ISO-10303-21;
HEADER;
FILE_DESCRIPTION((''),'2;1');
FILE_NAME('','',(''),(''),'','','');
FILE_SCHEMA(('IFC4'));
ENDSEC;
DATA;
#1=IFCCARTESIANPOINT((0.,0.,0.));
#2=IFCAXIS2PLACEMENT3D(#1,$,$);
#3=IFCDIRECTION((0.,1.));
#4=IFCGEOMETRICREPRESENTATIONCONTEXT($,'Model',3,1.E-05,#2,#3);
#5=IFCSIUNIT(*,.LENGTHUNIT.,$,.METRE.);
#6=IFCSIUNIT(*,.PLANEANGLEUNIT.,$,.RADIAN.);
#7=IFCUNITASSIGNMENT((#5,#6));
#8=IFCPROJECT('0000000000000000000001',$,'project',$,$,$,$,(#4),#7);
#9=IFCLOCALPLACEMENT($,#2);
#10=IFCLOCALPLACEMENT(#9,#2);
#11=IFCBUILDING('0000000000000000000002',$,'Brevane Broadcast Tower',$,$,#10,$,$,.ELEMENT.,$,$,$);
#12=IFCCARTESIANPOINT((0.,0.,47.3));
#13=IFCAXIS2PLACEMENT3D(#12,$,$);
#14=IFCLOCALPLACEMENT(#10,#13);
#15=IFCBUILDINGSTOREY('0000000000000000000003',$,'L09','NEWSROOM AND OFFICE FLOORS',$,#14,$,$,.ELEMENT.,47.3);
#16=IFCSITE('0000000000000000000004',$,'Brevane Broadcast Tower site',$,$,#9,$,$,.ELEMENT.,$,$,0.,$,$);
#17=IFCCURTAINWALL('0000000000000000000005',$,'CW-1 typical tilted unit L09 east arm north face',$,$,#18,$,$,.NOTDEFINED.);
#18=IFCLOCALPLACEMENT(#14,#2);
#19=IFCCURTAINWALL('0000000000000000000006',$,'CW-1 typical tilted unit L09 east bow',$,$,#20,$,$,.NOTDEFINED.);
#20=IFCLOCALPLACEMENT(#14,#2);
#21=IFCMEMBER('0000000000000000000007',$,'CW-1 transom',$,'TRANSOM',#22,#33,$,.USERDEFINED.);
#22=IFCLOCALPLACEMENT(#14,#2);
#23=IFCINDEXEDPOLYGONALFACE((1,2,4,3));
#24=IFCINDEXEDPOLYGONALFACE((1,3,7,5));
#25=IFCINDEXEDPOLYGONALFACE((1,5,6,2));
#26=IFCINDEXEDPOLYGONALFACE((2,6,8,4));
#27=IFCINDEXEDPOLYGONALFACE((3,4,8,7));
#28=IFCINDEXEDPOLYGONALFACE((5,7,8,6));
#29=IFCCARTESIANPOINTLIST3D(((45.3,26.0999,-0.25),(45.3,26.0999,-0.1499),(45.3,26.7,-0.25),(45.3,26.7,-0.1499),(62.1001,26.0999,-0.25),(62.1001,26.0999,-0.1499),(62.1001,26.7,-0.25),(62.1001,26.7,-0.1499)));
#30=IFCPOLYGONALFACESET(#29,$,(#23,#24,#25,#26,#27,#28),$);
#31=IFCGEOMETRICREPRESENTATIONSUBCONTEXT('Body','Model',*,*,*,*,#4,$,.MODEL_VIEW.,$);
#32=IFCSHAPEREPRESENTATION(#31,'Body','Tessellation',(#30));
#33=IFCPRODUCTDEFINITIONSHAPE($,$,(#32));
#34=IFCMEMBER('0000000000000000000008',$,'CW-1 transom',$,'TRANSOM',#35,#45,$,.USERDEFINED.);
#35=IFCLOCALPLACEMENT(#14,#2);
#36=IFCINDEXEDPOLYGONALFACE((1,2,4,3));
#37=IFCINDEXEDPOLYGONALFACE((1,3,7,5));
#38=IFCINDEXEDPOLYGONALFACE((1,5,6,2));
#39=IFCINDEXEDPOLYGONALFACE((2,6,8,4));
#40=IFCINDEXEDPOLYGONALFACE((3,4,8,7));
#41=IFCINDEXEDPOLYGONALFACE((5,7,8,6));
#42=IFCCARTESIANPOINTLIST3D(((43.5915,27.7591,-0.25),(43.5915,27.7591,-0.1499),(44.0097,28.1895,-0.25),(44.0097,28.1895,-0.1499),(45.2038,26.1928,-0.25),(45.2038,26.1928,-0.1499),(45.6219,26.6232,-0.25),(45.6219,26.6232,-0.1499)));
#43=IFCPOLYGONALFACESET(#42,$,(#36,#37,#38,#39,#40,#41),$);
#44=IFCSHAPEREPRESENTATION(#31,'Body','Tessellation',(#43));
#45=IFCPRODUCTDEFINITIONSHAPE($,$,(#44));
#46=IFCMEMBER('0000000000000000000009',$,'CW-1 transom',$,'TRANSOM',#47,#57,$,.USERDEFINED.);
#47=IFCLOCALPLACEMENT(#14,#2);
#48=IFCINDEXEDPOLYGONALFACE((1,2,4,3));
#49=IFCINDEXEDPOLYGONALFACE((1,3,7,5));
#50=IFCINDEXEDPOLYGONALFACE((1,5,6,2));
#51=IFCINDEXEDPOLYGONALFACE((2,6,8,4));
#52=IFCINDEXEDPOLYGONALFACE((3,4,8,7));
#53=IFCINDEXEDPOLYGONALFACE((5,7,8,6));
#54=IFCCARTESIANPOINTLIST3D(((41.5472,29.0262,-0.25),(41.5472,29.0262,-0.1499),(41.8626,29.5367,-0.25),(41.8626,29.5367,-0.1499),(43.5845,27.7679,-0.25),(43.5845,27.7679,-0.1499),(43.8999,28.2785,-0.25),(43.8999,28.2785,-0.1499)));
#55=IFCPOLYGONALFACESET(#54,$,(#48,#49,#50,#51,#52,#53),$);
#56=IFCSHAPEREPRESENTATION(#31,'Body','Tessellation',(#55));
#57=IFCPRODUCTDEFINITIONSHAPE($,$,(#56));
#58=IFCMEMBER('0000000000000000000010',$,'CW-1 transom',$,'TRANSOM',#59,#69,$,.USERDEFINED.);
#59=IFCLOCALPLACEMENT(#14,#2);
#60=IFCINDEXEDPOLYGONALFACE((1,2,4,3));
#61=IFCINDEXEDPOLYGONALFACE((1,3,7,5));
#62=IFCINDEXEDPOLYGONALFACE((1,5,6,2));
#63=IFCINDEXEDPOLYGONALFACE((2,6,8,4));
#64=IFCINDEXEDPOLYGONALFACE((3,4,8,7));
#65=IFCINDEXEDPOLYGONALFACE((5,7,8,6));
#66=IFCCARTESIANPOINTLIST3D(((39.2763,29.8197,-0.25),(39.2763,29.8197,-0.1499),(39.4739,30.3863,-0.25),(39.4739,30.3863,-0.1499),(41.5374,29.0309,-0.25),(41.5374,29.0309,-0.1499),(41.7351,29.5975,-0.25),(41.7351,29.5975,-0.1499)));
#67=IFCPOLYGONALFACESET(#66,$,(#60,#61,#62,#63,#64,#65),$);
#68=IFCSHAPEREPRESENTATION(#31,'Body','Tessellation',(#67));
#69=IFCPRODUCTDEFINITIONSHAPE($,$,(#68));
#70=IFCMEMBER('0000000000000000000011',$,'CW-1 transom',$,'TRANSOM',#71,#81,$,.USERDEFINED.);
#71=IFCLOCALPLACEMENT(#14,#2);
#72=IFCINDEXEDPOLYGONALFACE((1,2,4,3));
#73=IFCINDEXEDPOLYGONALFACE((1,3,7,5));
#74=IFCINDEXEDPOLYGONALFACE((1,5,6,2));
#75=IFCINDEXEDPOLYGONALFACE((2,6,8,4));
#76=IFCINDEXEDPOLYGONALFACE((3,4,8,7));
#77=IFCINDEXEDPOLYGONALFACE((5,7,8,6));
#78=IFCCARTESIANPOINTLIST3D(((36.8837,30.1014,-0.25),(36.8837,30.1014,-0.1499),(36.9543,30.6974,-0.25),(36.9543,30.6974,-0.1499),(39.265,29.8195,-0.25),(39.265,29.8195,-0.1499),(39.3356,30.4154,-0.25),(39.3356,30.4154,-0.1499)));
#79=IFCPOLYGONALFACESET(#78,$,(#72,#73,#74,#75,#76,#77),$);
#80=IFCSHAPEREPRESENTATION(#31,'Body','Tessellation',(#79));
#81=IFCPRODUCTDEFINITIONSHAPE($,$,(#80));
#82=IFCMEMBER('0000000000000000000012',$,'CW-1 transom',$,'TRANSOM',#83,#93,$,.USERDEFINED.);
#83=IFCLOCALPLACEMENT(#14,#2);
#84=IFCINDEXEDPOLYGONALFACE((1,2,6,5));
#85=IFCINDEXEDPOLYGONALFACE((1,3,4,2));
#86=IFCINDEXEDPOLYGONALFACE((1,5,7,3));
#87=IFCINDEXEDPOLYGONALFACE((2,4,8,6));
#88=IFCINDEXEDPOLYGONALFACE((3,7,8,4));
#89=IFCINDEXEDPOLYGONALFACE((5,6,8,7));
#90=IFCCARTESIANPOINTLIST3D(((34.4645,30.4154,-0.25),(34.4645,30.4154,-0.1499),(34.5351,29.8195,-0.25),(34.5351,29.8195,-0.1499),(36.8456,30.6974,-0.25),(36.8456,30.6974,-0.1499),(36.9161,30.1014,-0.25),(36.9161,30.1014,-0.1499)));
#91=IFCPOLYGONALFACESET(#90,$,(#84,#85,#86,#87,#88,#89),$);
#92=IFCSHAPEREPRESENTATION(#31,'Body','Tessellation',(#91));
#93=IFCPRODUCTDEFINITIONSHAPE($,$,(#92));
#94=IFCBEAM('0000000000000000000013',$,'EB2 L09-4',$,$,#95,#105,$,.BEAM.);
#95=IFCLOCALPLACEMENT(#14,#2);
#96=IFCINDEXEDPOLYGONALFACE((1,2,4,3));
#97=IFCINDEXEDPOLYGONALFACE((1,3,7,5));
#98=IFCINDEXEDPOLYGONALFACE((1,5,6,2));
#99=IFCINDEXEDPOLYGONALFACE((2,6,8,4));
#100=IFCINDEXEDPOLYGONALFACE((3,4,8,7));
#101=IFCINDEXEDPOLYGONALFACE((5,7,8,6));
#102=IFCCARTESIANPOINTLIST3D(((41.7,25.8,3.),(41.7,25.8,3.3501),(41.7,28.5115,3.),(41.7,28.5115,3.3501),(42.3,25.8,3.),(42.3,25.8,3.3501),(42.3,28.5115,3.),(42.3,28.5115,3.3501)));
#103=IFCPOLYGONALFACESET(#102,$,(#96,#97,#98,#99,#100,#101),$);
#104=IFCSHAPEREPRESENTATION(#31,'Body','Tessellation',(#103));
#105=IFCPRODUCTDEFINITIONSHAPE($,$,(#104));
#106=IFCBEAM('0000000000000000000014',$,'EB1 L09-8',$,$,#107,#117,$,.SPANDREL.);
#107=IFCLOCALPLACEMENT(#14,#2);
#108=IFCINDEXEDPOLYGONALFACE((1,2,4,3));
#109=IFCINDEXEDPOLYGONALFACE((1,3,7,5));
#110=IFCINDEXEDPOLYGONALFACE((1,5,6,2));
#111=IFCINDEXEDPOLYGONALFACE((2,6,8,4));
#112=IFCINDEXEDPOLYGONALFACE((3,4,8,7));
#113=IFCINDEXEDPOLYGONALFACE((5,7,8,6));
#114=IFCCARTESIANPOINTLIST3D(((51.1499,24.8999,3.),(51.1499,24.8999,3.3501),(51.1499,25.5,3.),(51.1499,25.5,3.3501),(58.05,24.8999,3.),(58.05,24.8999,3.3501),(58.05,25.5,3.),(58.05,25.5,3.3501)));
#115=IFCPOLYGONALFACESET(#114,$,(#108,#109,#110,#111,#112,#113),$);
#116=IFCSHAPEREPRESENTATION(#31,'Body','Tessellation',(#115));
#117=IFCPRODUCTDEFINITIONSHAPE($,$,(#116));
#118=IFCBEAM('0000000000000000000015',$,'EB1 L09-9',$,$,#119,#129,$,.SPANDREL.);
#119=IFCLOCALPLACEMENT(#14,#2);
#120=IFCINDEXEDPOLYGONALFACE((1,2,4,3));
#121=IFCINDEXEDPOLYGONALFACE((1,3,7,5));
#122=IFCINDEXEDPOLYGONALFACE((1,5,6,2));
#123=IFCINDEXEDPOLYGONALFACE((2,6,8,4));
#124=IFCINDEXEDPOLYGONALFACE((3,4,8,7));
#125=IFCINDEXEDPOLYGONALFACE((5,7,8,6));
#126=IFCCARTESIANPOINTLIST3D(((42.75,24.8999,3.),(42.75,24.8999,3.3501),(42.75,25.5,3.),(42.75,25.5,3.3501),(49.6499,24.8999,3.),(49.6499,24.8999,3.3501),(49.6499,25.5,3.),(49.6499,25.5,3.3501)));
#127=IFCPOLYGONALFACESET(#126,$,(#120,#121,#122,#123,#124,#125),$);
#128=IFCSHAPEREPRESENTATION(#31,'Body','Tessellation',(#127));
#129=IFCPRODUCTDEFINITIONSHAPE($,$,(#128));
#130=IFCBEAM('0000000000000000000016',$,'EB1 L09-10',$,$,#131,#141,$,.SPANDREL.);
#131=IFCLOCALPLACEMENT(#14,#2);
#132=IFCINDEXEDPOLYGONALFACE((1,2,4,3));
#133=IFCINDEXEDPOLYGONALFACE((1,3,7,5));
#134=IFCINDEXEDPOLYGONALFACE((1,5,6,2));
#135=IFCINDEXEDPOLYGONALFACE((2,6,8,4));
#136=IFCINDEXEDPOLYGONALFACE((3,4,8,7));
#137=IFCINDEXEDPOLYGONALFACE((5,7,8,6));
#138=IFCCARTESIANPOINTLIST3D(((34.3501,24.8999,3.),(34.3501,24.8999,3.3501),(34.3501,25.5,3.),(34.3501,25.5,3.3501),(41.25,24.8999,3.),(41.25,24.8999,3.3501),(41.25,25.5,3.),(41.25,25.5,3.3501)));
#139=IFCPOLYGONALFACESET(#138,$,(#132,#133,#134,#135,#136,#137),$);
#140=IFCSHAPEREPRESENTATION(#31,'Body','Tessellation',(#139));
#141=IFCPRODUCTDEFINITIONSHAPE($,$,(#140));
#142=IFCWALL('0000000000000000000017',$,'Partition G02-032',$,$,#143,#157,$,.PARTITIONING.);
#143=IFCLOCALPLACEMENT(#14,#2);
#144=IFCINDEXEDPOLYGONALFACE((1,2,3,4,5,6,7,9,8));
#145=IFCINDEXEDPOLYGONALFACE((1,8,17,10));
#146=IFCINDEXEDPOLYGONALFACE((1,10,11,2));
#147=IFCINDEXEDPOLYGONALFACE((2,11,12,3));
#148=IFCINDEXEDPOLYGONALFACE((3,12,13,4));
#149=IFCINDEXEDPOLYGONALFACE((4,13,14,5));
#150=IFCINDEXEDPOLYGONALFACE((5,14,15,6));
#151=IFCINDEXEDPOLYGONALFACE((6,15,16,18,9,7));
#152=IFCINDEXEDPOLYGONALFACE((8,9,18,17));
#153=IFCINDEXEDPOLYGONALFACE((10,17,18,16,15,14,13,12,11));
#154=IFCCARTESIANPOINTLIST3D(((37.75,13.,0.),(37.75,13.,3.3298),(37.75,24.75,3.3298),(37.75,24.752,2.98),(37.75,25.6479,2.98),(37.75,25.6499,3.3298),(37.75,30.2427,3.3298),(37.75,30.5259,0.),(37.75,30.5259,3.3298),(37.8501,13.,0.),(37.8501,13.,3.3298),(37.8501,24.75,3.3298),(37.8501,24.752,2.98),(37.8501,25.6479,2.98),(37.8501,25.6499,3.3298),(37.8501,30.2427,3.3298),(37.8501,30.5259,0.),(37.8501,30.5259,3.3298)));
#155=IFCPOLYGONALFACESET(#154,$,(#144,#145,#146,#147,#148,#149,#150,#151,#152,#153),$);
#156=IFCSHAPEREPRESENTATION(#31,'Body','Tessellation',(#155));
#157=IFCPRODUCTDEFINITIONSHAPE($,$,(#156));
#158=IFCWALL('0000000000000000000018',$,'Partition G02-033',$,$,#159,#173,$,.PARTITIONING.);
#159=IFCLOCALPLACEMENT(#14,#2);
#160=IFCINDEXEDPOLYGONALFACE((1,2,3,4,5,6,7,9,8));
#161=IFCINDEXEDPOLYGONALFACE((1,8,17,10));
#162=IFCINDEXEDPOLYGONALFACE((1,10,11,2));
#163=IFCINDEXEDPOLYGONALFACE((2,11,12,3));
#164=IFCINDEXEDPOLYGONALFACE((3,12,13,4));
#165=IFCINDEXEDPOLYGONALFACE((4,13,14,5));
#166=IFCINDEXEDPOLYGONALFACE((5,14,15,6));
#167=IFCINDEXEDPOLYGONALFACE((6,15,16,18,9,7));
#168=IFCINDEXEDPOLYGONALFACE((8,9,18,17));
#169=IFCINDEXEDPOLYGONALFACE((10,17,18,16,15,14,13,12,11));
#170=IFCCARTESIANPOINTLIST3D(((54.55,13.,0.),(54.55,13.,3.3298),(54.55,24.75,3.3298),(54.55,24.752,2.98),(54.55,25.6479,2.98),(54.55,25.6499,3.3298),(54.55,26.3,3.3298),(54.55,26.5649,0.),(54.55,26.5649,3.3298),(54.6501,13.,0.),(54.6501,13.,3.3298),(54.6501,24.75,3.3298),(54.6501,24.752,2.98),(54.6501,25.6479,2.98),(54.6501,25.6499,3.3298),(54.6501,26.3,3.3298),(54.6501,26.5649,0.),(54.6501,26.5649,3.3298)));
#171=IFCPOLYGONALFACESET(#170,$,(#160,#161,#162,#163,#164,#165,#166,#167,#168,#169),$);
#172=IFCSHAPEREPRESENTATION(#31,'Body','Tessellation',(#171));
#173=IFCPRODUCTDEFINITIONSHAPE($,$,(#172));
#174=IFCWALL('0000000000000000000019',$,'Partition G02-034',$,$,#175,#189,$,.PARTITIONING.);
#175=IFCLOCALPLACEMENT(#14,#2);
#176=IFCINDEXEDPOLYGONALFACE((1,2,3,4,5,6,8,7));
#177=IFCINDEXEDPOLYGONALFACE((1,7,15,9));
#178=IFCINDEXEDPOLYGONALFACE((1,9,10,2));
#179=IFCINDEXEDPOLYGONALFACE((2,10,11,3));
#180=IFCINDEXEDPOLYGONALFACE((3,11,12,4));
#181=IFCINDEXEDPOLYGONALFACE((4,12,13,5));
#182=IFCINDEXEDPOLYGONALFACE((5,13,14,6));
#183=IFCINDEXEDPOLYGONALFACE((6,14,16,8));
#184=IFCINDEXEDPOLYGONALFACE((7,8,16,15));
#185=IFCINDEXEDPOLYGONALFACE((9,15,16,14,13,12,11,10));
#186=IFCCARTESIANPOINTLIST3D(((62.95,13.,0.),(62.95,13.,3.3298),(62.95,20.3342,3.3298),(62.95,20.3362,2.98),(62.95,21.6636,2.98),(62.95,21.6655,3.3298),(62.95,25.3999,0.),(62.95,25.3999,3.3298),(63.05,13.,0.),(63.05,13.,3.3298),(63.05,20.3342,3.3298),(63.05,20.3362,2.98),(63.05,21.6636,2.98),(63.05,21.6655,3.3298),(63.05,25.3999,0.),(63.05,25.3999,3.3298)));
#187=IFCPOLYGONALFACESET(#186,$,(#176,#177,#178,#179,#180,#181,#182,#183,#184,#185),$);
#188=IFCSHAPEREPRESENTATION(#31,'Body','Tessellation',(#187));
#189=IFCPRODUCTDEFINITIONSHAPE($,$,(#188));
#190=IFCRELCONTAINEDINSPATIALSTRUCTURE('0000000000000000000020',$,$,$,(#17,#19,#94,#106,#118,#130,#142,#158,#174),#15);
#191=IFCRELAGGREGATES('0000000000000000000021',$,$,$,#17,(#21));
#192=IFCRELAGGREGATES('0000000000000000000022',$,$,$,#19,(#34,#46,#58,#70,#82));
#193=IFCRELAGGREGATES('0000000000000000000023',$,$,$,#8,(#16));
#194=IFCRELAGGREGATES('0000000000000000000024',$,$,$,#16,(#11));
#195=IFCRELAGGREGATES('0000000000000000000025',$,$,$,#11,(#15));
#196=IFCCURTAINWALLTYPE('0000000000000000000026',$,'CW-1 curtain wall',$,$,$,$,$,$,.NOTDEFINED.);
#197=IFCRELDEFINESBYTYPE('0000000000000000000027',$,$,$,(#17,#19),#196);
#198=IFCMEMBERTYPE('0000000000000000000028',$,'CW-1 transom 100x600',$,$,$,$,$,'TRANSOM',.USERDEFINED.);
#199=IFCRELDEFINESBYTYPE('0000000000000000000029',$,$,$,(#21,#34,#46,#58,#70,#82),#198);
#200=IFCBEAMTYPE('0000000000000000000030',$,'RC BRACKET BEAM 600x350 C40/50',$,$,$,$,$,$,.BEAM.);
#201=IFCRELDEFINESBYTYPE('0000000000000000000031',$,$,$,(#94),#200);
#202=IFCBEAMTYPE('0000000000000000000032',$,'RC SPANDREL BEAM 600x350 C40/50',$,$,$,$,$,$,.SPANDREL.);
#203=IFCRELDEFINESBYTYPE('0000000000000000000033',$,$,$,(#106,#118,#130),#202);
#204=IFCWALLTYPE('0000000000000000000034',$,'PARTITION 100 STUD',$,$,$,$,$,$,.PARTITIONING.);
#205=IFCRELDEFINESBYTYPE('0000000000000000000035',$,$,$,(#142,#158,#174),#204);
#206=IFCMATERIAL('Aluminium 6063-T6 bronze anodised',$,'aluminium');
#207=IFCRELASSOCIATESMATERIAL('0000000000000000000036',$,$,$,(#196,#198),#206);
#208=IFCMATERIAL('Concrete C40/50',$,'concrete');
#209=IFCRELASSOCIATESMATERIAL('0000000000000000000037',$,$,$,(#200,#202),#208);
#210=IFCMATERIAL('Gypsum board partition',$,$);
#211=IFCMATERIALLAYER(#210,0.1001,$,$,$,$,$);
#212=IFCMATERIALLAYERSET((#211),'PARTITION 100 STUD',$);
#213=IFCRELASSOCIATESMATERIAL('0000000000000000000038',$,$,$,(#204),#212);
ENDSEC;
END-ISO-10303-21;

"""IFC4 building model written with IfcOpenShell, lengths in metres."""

from ifc_helpers import new_model, si_unit, direction, frame, origin, origin_2d, place, context, subcontext, project, spatial, polyline, rectangle, outline, extrude, material, layer, layer_set, material_profile, profile_set, type_object, element, aggregate, save


model = new_model("IFC4")

# Units and contexts
model_context = context("Model", 3, precision=1e-05, world=origin(), true_north=direction((0.0, 1.0)))
body_context = subcontext(model_context, "Body", "Model", "MODEL_VIEW")
ifc_project = project(units=[si_unit("LENGTHUNIT", "METRE"), si_unit("PLANEANGLEUNIT", "RADIAN")], contexts=[model_context])

# Site, building, storey
site_placement = place(None, origin())
site = spatial("IfcSite", under=ifc_project, at=site_placement, Name="Brevane Broadcast Tower site", CompositionType="ELEMENT", RefElevation=0.0)
building_placement = place(site_placement, origin())
building = spatial("IfcBuilding", under=site, at=building_placement, Name="Brevane Broadcast Tower", CompositionType="ELEMENT")
storey_placement = place(building_placement, frame((0.0, 0.0, 47.3)))
storey = spatial("IfcBuildingStorey", under=building, at=storey_placement, Name="L09", Description="NEWSROOM AND OFFICE FLOORS", CompositionType="ELEMENT", Elevation=47.3)

# Curtain walls
ifc_material_1 = material(Name="Aluminium 6063-T6 bronze anodised", Category="aluminium")
curtain_wall_type = type_object("IfcCurtainWallType", Name="CW-1 curtain wall", PredefinedType="NOTDEFINED", material=ifc_material_1)
curtain_wall_1_placement = place(storey_placement, origin())
curtain_wall_1 = element("IfcCurtainWall", 1, at=curtain_wall_1_placement, inside=storey, type_object=curtain_wall_type, Name="CW-1 typical tilted unit L09 east arm north face", PredefinedType="NOTDEFINED")
curtain_wall_2_placement = place(storey_placement, origin())
curtain_wall_2 = element("IfcCurtainWall", 2, at=curtain_wall_2_placement, inside=storey, type_object=curtain_wall_type, Name="CW-1 typical tilted unit L09 east bow", PredefinedType="NOTDEFINED")

# Members
ifc_material_profile_1 = material_profile(ifc_material_1, rectangle(XDim=0.6001, YDim=0.1001, at=origin_2d()), Name="RECT 100x600")
ifc_profile_set_1 = profile_set([ifc_material_profile_1], Name="Aluminium 6063-T6 bronze anodised")
member_type_1 = type_object("IfcMemberType", Name="CW-1 transom 100x600", ElementType="TRANSOM", PredefinedType="USERDEFINED", material=ifc_profile_set_1)
member_1_placement = place(storey_placement, frame((62.1001, 26.3999, -0.2), z_axis=(-1.0, 0.0, 0.0), x_axis=(0.0, -1.0, 0.0)))
member_1 = element("IfcMember", 3, at=member_1_placement, type_object=member_type_1, Name="CW-1 transom", ObjectType="TRANSOM", PredefinedType="USERDEFINED", context=body_context, shape_type="SweptSolid", body=[
    extrude(rectangle(XDim=0.6001, YDim=0.1001, at=origin_2d()), origin(), (0.0, 0.0, 1.0), 16.8),
])
aggregate(curtain_wall_1, [member_1])
member_2_placement = place(storey_placement, frame((45.4128, 26.408, -0.2), z_axis=(-0.717242, 0.696824, 0.0), x_axis=(-0.696824, -0.717242, 0.0)))
member_2 = element("IfcMember", 4, at=member_2_placement, type_object=member_type_1, Name="CW-1 transom", ObjectType="TRANSOM", PredefinedType="USERDEFINED", context=body_context, shape_type="SweptSolid", body=[
    extrude(rectangle(XDim=0.6001, YDim=0.1001, at=origin_2d()), origin(), (0.0, 0.0, 1.0), 2.2478),
])
member_3_placement = place(storey_placement, frame((43.7422, 28.0232, -0.2), z_axis=(-0.85081, 0.525473, 0.0), x_axis=(-0.525473, -0.85081, 0.0)))
member_3 = element("IfcMember", 5, at=member_3_placement, type_object=member_type_1, Name="CW-1 transom", ObjectType="TRANSOM", PredefinedType="USERDEFINED", context=body_context, shape_type="SweptSolid", body=[
    extrude(rectangle(XDim=0.6001, YDim=0.1001, at=origin_2d()), origin(), (0.0, 0.0, 1.0), 2.3945),
])
member_4_placement = place(storey_placement, frame((41.6362, 29.3142, -0.2), z_axis=(-0.944198, 0.329378, 0.0), x_axis=(-0.329378, -0.944198, 0.0)))
member_4 = element("IfcMember", 6, at=member_4_placement, type_object=member_type_1, Name="CW-1 transom", ObjectType="TRANSOM", PredefinedType="USERDEFINED", context=body_context, shape_type="SweptSolid", body=[
    extrude(rectangle(XDim=0.6001, YDim=0.1001, at=origin_2d()), origin(), (0.0, 0.0, 1.0), 2.3948),
])
member_5_placement = place(storey_placement, frame((39.3003, 30.1174, -0.2), z_axis=(-0.993062, 0.117591, 0.0), x_axis=(-0.117591, -0.993062, 0.0)))
member_5 = element("IfcMember", 7, at=member_5_placement, type_object=member_type_1, Name="CW-1 transom", ObjectType="TRANSOM", PredefinedType="USERDEFINED", context=body_context, shape_type="SweptSolid", body=[
    extrude(rectangle(XDim=0.6001, YDim=0.1001, at=origin_2d()), origin(), (0.0, 0.0, 1.0), 2.3979),
])
member_6_placement = place(storey_placement, frame((36.8809, 30.3994, -0.2), z_axis=(-0.993061, -0.117603, 0.0), x_axis=(0.117603, -0.993061, 0.0)))
member_6 = element("IfcMember", 8, at=member_6_placement, type_object=member_type_1, Name="CW-1 transom", ObjectType="TRANSOM", PredefinedType="USERDEFINED", context=body_context, shape_type="SweptSolid", body=[
    extrude(rectangle(XDim=0.6001, YDim=0.1001, at=origin_2d()), origin(), (0.0, 0.0, 1.0), 2.3977),
])
aggregate(curtain_wall_2, [member_2, member_3, member_4, member_5, member_6])

# Beams
ifc_material_2 = material(Name="Concrete C40/50", Category="concrete")
ifc_material_profile_2 = material_profile(ifc_material_2, rectangle(XDim=0.6001, YDim=0.3501, at=origin_2d()), Name="RC 600x350")
ifc_profile_set_2 = profile_set([ifc_material_profile_2], Name="Concrete C40/50")
beam_type_1 = type_object("IfcBeamType", Name="RC BRACKET BEAM 600x350 C40/50", PredefinedType="BEAM", material=ifc_profile_set_2)
beam_1_placement = place(storey_placement, frame((42.0, 25.8, 3.175), z_axis=(0.0, 1.0, 0.0), x_axis=(-1.0, 0.0, 0.0)))
element("IfcBeam", 9, at=beam_1_placement, inside=storey, type_object=beam_type_1, Name="EB2 L09-4", PredefinedType="BEAM", context=body_context, shape_type="SweptSolid", body=[
    extrude(rectangle(XDim=0.6001, YDim=0.3501, at=origin_2d()), origin(), (0.0, 0.0, 1.0), 2.7114),
])
ifc_material_profile_3 = material_profile(ifc_material_2, rectangle(XDim=0.6001, YDim=0.3501, at=origin_2d()), Name="RC 600x350")
ifc_profile_set_3 = profile_set([ifc_material_profile_3], Name="Concrete C40/50")
beam_type_2 = type_object("IfcBeamType", Name="RC SPANDREL BEAM 600x350 C40/50", PredefinedType="SPANDREL", material=ifc_profile_set_3)
beam_2_placement = place(storey_placement, frame((58.05, 25.2, 3.175), z_axis=(-1.0, 0.0, 0.0), x_axis=(0.0, -1.0, 0.0)))
element("IfcBeam", 10, at=beam_2_placement, inside=storey, type_object=beam_type_2, Name="EB1 L09-8", PredefinedType="SPANDREL", context=body_context, shape_type="SweptSolid", body=[
    extrude(rectangle(XDim=0.6001, YDim=0.3501, at=origin_2d()), origin(), (0.0, 0.0, 1.0), 6.9001),
])
for number, where, z_axis, x_axis, name in (
    (11, (49.6499, 25.2, 3.175), (-1.0, 0.0, 0.0), (0.0, -1.0, 0.0), "EB1 L09-9"),
    (12, (41.25, 25.2, 3.175), (-1.0, 0.0, 0.0), (0.0, -1.0, 0.0), "EB1 L09-10"),
):
    element("IfcBeam", number, at=place(storey_placement, frame(where, z_axis=z_axis, x_axis=x_axis)), inside=storey, type_object=beam_type_2, Name=name, PredefinedType="SPANDREL", context=body_context, shape_type="SweptSolid", body=[
        extrude(rectangle(XDim=0.6001, YDim=0.3501, at=origin_2d()), origin(), (0.0, 0.0, 1.0), 6.8999),
    ])

# Walls
ifc_material_3 = material(Name="Gypsum board partition")
ifc_layer = layer(ifc_material_3, 0.1001)
ifc_layer_set = layer_set([ifc_layer], Name="PARTITION 100 STUD")
wall_type = type_object("IfcWallType", Name="PARTITION 100 STUD", PredefinedType="PARTITIONING", material=ifc_layer_set)
wall_1_placement = place(storey_placement, frame((37.8, 30.5259, 0.0), z_axis=(0.0, 0.0, 1.0), x_axis=(0.0, -1.0, 0.0)))
element("IfcWall", 13, at=wall_1_placement, inside=storey, type_object=wall_type, Name="Partition G02-032", PredefinedType="PARTITIONING", context=body_context, shape_type="SweptSolid", body=[
    extrude(outline(polyline([(0.0, 0.0), (17.5259, 0.0), (17.5259, 3.3298), (5.7759, 3.3298), (5.7739, 2.98), (4.8779, 2.98), (4.876, 3.3298), (0.2832, 3.3298), (0.0, 3.3298), (0.0, 0.0)])), frame((0.0, 0.05, 0.0), z_axis=(0.0, -1.0, 0.0), x_axis=(1.0, 0.0, 0.0)), (0.0, 0.0, 1.0), 0.1001),
])
wall_2_placement = place(storey_placement, frame((54.6001, 26.5649, 0.0), z_axis=(0.0, 0.0, 1.0), x_axis=(0.0, -1.0, 0.0)))
element("IfcWall", 14, at=wall_2_placement, inside=storey, type_object=wall_type, Name="Partition G02-033", PredefinedType="PARTITIONING", context=body_context, shape_type="SweptSolid", body=[
    extrude(outline(polyline([(0.0, 0.0), (13.5649, 0.0), (13.5649, 3.3298), (1.8149, 3.3298), (1.813, 2.98), (0.917, 2.98), (0.915, 3.3298), (0.2649, 3.3298), (0.0, 3.3298), (0.0, 0.0)])), frame((0.0, 0.05, 0.0), z_axis=(0.0, -1.0, 0.0), x_axis=(1.0, 0.0, 0.0)), (0.0, 0.0, 1.0), 0.1001),
])
wall_3_placement = place(storey_placement, frame((63.0, 25.3999, 0.0), z_axis=(0.0, 0.0, 1.0), x_axis=(0.0, -1.0, 0.0)))
element("IfcWall", 15, at=wall_3_placement, inside=storey, type_object=wall_type, Name="Partition G02-034", PredefinedType="PARTITIONING", context=body_context, shape_type="SweptSolid", body=[
    extrude(outline(polyline([(0.0, 0.0), (12.3999, 0.0), (12.3999, 3.3298), (5.0657, 3.3298), (5.0637, 2.98), (3.7363, 2.98), (3.7344, 3.3298), (0.0, 3.3298), (0.0, 0.0)])), frame((0.0, 0.05, 0.0), z_axis=(0.0, -1.0, 0.0), x_axis=(1.0, 0.0, 0.0)), (0.0, 0.0, 1.0), 0.1001),
])

save(model, "model.ifc")
